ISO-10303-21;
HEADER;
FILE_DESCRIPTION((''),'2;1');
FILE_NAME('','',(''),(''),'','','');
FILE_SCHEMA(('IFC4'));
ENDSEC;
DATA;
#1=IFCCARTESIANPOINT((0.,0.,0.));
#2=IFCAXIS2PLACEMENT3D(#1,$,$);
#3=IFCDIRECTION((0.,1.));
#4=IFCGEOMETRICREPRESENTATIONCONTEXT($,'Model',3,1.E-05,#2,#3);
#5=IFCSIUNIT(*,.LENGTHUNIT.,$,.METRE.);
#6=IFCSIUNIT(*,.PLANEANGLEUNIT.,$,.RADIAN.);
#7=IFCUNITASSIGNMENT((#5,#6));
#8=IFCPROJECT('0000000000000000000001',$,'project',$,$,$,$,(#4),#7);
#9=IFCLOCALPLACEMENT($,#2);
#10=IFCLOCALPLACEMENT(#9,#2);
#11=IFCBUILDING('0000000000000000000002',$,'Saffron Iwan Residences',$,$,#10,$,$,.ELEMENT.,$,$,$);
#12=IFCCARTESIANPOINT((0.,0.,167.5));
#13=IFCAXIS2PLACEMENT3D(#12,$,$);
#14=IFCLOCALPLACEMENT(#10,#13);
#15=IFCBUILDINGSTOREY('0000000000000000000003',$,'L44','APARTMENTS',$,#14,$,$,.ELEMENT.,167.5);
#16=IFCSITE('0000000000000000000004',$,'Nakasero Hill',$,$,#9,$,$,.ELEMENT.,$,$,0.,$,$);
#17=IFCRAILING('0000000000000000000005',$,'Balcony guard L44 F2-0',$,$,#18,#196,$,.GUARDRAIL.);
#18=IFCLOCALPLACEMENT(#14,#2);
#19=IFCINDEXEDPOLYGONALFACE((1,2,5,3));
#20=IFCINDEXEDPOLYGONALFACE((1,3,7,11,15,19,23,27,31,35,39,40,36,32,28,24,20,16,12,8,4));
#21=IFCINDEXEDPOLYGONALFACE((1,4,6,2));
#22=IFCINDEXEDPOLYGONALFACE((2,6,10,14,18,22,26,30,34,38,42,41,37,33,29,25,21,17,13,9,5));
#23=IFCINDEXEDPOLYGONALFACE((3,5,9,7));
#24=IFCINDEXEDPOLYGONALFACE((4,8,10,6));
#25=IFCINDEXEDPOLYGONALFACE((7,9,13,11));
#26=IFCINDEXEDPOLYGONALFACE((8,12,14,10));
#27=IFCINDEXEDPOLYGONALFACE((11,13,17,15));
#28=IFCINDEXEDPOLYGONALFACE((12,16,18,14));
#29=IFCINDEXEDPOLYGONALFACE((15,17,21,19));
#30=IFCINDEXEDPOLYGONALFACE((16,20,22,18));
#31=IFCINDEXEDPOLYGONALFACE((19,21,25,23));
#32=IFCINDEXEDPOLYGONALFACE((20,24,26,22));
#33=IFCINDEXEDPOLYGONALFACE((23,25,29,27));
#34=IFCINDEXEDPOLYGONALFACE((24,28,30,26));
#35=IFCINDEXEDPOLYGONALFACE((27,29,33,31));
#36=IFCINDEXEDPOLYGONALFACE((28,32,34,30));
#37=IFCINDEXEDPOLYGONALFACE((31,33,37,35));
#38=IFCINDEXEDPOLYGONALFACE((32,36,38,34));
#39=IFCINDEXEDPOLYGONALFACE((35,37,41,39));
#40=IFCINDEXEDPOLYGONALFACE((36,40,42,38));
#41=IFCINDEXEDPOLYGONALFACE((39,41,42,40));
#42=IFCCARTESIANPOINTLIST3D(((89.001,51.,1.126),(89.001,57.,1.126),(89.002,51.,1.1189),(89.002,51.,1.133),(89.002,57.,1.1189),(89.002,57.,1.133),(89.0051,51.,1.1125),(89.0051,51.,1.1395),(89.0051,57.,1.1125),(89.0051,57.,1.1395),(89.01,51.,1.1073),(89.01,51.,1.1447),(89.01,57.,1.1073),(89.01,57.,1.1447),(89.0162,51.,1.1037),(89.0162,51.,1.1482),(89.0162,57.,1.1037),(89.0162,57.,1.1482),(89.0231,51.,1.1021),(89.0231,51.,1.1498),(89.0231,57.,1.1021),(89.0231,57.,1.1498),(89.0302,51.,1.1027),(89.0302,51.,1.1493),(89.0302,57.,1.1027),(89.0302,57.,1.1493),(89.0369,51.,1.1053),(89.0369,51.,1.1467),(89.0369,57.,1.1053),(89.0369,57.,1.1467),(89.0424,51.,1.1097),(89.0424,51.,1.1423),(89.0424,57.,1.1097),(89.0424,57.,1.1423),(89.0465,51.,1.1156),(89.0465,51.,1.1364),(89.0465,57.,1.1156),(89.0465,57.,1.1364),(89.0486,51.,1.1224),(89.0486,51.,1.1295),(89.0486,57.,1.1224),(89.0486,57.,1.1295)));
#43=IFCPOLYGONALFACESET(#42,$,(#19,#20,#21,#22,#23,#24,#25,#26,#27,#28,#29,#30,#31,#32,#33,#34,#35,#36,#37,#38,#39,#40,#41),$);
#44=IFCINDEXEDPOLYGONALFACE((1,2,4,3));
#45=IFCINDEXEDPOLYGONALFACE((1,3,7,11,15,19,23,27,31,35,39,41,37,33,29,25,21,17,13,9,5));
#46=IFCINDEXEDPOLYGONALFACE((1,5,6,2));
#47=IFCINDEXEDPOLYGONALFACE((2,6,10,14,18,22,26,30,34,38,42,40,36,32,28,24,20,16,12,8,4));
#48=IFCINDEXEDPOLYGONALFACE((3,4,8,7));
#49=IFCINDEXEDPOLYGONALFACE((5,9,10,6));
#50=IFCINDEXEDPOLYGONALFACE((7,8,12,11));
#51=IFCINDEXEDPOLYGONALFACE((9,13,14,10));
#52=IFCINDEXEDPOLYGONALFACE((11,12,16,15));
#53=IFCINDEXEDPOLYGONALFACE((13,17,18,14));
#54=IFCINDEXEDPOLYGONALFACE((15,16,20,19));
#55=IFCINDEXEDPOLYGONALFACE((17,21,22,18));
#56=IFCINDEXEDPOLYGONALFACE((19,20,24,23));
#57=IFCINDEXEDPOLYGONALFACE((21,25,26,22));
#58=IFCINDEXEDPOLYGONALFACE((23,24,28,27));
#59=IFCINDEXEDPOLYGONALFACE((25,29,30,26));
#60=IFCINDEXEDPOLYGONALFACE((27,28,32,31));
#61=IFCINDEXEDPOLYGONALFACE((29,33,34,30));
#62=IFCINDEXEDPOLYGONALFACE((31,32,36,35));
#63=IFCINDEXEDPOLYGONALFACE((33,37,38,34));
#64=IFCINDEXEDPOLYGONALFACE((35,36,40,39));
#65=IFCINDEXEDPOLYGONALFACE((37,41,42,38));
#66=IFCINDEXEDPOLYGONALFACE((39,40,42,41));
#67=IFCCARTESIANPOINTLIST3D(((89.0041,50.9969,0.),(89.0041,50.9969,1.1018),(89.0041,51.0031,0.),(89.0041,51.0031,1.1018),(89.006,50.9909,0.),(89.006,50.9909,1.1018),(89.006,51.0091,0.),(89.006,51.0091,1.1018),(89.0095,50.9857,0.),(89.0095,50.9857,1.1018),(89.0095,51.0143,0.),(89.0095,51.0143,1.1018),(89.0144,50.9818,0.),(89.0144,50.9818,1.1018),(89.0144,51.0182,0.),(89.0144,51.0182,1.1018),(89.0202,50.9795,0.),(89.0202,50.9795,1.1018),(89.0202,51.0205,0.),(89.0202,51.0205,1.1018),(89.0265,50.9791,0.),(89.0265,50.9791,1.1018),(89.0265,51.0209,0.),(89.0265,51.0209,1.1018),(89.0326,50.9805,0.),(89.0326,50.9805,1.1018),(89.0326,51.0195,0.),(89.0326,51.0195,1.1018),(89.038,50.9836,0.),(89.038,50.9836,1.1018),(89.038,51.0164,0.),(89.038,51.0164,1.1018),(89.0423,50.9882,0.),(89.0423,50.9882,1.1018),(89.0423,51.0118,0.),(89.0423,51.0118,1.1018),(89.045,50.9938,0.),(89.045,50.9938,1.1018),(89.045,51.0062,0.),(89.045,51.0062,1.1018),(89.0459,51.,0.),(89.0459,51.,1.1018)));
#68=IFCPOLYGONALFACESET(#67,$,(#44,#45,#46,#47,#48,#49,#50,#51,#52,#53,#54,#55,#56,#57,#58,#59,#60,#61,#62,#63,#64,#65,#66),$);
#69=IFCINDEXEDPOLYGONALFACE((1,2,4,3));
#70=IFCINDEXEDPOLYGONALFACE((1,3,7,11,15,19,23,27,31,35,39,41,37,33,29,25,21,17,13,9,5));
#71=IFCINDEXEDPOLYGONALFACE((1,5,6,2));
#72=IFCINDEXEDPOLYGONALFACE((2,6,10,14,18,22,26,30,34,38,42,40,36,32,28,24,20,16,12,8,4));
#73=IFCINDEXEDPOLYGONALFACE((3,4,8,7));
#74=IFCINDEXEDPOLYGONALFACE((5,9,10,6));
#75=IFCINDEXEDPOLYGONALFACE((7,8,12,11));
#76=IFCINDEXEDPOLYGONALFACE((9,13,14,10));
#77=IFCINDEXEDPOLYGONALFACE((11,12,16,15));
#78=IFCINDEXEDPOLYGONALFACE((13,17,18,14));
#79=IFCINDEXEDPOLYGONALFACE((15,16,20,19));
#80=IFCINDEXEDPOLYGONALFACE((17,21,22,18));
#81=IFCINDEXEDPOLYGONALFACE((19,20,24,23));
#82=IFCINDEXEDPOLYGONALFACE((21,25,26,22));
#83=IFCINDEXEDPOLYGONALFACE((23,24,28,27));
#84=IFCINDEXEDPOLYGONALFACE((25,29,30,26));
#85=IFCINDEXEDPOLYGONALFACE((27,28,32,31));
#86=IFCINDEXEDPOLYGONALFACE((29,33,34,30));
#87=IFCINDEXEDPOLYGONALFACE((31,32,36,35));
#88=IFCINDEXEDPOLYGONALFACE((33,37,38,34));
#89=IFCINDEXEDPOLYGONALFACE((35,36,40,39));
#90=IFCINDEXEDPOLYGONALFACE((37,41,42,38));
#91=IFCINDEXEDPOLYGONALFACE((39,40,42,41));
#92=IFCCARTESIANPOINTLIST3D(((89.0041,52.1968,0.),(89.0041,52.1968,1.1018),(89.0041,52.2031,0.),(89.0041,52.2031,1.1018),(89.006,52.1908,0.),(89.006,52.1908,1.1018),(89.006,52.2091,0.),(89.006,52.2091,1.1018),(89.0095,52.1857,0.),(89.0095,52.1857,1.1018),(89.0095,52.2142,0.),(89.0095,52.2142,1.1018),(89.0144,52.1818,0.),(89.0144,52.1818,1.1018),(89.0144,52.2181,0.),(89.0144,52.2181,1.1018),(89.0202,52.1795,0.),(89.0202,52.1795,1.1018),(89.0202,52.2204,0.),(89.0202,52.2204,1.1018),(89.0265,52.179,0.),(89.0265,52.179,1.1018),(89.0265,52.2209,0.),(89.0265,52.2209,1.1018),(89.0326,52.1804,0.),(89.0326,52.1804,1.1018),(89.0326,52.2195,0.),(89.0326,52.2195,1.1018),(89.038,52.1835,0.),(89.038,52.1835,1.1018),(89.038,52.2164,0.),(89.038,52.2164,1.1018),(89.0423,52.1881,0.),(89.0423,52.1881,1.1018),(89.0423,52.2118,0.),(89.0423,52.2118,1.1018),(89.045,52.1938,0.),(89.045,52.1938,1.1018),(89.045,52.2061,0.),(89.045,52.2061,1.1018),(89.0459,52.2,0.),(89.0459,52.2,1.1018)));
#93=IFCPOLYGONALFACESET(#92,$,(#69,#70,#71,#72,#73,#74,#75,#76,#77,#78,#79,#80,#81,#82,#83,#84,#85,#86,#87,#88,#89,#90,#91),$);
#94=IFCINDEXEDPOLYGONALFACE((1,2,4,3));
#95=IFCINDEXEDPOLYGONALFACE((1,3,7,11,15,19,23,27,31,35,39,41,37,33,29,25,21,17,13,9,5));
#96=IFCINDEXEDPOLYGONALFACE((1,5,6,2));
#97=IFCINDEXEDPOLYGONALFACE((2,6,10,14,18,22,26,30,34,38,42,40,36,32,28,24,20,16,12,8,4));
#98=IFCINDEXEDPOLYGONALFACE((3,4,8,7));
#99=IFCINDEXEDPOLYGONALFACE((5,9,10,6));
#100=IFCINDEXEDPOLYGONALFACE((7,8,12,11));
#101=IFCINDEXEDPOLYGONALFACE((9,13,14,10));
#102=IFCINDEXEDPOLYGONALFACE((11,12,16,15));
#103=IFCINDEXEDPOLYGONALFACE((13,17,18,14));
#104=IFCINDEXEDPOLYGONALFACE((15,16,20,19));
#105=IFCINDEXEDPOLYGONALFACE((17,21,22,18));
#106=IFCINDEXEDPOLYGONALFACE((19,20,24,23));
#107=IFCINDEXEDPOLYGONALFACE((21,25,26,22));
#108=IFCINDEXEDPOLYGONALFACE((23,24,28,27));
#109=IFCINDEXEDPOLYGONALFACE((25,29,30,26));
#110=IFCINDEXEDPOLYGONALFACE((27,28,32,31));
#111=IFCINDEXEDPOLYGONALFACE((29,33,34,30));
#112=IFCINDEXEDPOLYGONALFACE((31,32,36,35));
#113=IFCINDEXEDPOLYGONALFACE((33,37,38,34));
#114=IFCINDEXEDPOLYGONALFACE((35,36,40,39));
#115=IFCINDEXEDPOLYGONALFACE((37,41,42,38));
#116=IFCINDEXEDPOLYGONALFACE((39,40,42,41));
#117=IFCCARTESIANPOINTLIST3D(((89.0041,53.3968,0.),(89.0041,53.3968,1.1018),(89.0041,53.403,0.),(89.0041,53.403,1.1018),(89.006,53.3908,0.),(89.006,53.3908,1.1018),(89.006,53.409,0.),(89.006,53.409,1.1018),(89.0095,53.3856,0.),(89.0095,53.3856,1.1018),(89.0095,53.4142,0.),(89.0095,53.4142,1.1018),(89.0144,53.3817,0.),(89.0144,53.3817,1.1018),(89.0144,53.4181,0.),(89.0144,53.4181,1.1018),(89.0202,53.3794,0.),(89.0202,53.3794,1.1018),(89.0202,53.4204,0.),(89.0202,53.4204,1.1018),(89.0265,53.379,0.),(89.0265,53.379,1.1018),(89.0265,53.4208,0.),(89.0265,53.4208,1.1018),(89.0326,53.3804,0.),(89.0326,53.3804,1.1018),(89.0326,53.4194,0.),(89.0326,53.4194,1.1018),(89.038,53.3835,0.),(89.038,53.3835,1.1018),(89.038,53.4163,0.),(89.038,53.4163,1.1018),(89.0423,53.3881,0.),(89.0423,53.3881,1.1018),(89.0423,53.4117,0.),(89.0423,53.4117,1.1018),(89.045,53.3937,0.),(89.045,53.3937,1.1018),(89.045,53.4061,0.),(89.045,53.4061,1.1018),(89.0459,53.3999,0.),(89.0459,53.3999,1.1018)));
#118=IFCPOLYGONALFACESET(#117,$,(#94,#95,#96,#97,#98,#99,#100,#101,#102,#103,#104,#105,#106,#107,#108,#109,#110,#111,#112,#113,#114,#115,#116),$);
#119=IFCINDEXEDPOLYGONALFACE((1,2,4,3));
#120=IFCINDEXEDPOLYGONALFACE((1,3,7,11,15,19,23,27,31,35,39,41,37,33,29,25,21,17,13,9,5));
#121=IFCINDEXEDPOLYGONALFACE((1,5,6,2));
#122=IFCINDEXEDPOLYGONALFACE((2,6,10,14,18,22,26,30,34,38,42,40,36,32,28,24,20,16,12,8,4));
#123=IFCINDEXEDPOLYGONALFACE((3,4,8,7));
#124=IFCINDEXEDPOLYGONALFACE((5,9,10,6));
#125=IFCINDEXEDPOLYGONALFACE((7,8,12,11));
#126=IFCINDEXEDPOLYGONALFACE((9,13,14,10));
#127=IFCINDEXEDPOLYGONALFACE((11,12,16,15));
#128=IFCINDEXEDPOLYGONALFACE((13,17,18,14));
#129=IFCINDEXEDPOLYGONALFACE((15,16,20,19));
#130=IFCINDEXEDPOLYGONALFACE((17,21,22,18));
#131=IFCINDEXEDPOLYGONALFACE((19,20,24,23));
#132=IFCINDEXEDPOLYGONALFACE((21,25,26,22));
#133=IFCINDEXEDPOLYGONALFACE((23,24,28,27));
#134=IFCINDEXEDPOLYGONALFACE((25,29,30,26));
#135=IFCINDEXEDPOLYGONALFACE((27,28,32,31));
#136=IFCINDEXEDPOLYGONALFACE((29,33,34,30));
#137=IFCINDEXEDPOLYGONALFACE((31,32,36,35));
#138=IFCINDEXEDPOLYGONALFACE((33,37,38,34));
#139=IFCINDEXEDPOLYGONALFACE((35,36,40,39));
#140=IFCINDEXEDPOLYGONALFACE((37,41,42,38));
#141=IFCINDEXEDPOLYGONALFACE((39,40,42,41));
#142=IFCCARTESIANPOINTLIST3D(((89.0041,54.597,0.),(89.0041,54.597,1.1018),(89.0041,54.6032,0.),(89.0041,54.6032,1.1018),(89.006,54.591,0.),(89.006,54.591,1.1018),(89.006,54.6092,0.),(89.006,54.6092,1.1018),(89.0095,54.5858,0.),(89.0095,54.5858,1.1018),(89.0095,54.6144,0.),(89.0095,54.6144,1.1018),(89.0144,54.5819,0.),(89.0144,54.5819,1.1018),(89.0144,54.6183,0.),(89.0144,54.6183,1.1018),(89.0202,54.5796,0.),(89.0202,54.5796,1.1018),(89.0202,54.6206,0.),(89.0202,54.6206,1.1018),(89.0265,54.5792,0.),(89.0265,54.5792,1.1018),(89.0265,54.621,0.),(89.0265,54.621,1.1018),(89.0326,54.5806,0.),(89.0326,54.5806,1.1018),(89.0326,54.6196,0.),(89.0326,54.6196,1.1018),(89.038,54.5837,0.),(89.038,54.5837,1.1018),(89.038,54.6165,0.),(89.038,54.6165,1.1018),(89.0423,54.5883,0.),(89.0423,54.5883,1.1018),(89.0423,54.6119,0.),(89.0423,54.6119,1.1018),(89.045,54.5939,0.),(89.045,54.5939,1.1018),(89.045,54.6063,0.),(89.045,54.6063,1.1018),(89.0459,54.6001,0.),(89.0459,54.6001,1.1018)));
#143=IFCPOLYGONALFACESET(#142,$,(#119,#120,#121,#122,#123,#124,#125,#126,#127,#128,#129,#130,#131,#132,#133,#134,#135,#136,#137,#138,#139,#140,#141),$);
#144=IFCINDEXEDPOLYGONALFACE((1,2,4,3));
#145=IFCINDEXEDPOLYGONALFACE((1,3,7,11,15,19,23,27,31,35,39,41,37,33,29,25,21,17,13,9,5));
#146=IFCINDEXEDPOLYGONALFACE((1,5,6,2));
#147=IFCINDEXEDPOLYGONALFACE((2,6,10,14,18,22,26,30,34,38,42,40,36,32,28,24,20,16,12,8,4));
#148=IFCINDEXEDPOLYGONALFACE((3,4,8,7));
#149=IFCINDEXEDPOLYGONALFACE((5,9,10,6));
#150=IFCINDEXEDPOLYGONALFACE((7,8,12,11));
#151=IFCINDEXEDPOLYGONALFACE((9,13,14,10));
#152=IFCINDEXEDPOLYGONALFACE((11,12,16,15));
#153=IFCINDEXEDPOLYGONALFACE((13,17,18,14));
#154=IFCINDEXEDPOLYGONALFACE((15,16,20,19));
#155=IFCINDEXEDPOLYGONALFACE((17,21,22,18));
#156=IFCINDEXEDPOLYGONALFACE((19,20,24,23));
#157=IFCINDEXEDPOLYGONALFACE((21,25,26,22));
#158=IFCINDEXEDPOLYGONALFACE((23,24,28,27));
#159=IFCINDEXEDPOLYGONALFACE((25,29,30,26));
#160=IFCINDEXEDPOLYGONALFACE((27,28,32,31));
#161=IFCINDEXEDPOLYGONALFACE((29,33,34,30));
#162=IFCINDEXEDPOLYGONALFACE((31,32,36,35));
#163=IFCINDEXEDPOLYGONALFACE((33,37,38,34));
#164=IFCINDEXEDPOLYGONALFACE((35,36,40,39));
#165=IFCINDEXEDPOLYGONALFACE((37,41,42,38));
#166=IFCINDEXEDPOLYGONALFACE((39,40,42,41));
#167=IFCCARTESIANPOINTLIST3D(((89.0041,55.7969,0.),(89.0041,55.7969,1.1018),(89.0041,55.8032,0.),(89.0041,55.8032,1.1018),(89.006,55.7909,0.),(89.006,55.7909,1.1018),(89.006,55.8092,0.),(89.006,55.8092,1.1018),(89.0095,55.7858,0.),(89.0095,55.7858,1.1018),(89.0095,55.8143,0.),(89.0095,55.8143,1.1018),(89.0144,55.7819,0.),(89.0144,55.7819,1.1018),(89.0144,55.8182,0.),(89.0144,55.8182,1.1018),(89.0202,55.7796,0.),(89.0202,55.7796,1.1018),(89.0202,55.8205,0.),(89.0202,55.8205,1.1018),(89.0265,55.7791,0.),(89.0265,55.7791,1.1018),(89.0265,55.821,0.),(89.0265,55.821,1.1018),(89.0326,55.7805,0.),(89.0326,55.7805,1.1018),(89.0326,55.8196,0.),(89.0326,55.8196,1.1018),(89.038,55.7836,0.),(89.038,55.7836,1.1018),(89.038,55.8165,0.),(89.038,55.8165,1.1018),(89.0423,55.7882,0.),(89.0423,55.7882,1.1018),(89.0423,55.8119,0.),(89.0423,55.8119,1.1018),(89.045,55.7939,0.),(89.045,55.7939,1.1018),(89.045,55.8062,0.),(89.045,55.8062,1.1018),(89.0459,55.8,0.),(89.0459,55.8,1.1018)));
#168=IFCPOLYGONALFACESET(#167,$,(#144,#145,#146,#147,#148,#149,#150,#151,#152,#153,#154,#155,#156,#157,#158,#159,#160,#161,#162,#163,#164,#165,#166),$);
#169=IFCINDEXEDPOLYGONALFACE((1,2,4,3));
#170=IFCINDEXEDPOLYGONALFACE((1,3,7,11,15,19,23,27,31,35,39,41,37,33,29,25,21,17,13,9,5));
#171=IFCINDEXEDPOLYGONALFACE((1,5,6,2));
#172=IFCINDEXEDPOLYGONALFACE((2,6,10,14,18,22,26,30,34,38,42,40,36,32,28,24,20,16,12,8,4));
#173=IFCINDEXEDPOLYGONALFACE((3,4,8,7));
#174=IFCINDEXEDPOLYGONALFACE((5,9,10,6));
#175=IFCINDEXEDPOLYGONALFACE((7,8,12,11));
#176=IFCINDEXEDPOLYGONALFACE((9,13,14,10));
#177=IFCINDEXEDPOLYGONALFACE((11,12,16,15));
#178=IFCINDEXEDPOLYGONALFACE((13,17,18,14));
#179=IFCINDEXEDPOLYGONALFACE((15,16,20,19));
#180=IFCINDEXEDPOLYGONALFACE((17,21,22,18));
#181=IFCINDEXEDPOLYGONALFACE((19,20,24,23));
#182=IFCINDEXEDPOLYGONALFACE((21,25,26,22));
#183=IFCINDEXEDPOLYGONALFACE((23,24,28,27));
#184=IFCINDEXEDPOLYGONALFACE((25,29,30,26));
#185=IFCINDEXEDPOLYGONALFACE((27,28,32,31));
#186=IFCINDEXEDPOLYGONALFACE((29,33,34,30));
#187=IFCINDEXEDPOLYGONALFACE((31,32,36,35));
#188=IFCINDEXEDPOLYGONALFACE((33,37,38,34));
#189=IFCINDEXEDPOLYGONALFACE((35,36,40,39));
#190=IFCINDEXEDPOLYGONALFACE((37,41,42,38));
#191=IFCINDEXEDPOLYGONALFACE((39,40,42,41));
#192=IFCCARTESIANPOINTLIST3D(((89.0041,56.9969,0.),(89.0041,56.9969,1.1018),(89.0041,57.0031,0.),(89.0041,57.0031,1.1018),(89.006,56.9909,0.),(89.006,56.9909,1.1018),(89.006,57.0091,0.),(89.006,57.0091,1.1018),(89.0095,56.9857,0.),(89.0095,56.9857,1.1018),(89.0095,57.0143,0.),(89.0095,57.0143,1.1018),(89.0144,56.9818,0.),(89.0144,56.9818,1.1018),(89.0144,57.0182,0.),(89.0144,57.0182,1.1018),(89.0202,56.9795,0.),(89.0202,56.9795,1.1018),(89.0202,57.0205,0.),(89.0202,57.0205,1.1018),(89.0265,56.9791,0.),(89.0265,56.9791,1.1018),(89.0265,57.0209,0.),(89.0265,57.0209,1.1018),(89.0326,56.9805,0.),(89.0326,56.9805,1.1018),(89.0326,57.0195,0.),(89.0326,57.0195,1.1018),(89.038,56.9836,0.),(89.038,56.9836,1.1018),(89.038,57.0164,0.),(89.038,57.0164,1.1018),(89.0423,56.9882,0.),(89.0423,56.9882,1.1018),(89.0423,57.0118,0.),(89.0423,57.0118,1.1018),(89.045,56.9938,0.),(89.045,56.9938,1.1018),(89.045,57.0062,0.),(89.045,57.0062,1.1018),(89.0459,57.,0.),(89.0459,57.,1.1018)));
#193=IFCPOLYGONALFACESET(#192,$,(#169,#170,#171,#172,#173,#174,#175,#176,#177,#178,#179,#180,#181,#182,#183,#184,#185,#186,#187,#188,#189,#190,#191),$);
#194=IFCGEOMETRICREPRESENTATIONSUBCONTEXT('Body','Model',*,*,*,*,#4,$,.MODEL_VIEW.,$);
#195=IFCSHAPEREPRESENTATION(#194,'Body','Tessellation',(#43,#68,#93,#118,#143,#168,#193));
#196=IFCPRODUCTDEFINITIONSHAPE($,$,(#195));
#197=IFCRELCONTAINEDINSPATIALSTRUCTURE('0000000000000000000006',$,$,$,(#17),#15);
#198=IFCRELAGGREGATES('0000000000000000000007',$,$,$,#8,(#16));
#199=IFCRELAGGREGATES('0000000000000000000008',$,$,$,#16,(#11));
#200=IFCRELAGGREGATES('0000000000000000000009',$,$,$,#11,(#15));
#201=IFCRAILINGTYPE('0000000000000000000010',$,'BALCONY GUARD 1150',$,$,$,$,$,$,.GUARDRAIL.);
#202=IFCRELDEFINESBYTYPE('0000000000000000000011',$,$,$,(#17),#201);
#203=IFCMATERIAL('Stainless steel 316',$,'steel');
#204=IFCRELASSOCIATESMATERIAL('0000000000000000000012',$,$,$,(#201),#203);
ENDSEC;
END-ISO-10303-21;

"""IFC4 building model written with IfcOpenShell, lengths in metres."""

from ifc_helpers import new_model, si_unit, direction, frame, origin, origin_2d, place, context, subcontext, project, spatial, circle, extrude, material, type_object, element, save


model = new_model("IFC4")

# Units and contexts
model_context = context("Model", 3, precision=1e-05, world=origin(), true_north=direction((0.0, 1.0)))
body_context = subcontext(model_context, "Body", "Model", "MODEL_VIEW")
ifc_project = project(units=[si_unit("LENGTHUNIT", "METRE"), si_unit("PLANEANGLEUNIT", "RADIAN")], contexts=[model_context])

# Site, building, storey
site_placement = place(None, origin())
site = spatial("IfcSite", under=ifc_project, at=site_placement, Name="Nakasero Hill", CompositionType="ELEMENT", RefElevation=0.0)
building_placement = place(site_placement, origin())
building = spatial("IfcBuilding", under=site, at=building_placement, Name="Saffron Iwan Residences", CompositionType="ELEMENT")
storey_placement = place(building_placement, frame((0.0, 0.0, 167.5)))
storey = spatial("IfcBuildingStorey", under=building, at=storey_placement, Name="L44", Description="APARTMENTS", CompositionType="ELEMENT", Elevation=167.5)

# Railing
ifc_material_1 = material(Name="Stainless steel 316", Category="steel")
railing_type = type_object("IfcRailingType", Name="BALCONY GUARD 1150", PredefinedType="GUARDRAIL", material=ifc_material_1)
railing_placement = place(storey_placement, frame((89.0249, 51.0, 0.0)))
element("IfcRailing", 1, at=railing_placement, inside=storey, type_object=railing_type, Name="Balcony guard L44 F2-0", PredefinedType="GUARDRAIL", context=body_context, shape_type="SweptSolid", body=[
    extrude(circle(Radius=0.0239, at=origin_2d()), frame((0.0, 0.0, 1.126), z_axis=(0.0, 1.0, 0.0), x_axis=(-1.0, 0.0, 0.0)), (0.0, 0.0, 1.0), 6.0),
    extrude(circle(Radius=0.021, at=origin_2d()), origin(), (0.0, 0.0, 1.0), 1.1018),
    extrude(circle(Radius=0.021, at=origin_2d()), frame((0.0, 1.2, 0.0)), (0.0, 0.0, 1.0), 1.1018),
    extrude(circle(Radius=0.021, at=origin_2d()), frame((0.0, 2.3999, 0.0)), (0.0, 0.0, 1.0), 1.1018),
    extrude(circle(Radius=0.021, at=origin_2d()), frame((0.0, 3.6001, 0.0)), (0.0, 0.0, 1.0), 1.1018),
    extrude(circle(Radius=0.021, at=origin_2d()), frame((0.0, 4.8, 0.0)), (0.0, 0.0, 1.0), 1.1018),
    extrude(circle(Radius=0.021, at=origin_2d()), frame((0.0, 6.0, 0.0)), (0.0, 0.0, 1.0), 1.1018),
])

save(model, "model.ifc")
